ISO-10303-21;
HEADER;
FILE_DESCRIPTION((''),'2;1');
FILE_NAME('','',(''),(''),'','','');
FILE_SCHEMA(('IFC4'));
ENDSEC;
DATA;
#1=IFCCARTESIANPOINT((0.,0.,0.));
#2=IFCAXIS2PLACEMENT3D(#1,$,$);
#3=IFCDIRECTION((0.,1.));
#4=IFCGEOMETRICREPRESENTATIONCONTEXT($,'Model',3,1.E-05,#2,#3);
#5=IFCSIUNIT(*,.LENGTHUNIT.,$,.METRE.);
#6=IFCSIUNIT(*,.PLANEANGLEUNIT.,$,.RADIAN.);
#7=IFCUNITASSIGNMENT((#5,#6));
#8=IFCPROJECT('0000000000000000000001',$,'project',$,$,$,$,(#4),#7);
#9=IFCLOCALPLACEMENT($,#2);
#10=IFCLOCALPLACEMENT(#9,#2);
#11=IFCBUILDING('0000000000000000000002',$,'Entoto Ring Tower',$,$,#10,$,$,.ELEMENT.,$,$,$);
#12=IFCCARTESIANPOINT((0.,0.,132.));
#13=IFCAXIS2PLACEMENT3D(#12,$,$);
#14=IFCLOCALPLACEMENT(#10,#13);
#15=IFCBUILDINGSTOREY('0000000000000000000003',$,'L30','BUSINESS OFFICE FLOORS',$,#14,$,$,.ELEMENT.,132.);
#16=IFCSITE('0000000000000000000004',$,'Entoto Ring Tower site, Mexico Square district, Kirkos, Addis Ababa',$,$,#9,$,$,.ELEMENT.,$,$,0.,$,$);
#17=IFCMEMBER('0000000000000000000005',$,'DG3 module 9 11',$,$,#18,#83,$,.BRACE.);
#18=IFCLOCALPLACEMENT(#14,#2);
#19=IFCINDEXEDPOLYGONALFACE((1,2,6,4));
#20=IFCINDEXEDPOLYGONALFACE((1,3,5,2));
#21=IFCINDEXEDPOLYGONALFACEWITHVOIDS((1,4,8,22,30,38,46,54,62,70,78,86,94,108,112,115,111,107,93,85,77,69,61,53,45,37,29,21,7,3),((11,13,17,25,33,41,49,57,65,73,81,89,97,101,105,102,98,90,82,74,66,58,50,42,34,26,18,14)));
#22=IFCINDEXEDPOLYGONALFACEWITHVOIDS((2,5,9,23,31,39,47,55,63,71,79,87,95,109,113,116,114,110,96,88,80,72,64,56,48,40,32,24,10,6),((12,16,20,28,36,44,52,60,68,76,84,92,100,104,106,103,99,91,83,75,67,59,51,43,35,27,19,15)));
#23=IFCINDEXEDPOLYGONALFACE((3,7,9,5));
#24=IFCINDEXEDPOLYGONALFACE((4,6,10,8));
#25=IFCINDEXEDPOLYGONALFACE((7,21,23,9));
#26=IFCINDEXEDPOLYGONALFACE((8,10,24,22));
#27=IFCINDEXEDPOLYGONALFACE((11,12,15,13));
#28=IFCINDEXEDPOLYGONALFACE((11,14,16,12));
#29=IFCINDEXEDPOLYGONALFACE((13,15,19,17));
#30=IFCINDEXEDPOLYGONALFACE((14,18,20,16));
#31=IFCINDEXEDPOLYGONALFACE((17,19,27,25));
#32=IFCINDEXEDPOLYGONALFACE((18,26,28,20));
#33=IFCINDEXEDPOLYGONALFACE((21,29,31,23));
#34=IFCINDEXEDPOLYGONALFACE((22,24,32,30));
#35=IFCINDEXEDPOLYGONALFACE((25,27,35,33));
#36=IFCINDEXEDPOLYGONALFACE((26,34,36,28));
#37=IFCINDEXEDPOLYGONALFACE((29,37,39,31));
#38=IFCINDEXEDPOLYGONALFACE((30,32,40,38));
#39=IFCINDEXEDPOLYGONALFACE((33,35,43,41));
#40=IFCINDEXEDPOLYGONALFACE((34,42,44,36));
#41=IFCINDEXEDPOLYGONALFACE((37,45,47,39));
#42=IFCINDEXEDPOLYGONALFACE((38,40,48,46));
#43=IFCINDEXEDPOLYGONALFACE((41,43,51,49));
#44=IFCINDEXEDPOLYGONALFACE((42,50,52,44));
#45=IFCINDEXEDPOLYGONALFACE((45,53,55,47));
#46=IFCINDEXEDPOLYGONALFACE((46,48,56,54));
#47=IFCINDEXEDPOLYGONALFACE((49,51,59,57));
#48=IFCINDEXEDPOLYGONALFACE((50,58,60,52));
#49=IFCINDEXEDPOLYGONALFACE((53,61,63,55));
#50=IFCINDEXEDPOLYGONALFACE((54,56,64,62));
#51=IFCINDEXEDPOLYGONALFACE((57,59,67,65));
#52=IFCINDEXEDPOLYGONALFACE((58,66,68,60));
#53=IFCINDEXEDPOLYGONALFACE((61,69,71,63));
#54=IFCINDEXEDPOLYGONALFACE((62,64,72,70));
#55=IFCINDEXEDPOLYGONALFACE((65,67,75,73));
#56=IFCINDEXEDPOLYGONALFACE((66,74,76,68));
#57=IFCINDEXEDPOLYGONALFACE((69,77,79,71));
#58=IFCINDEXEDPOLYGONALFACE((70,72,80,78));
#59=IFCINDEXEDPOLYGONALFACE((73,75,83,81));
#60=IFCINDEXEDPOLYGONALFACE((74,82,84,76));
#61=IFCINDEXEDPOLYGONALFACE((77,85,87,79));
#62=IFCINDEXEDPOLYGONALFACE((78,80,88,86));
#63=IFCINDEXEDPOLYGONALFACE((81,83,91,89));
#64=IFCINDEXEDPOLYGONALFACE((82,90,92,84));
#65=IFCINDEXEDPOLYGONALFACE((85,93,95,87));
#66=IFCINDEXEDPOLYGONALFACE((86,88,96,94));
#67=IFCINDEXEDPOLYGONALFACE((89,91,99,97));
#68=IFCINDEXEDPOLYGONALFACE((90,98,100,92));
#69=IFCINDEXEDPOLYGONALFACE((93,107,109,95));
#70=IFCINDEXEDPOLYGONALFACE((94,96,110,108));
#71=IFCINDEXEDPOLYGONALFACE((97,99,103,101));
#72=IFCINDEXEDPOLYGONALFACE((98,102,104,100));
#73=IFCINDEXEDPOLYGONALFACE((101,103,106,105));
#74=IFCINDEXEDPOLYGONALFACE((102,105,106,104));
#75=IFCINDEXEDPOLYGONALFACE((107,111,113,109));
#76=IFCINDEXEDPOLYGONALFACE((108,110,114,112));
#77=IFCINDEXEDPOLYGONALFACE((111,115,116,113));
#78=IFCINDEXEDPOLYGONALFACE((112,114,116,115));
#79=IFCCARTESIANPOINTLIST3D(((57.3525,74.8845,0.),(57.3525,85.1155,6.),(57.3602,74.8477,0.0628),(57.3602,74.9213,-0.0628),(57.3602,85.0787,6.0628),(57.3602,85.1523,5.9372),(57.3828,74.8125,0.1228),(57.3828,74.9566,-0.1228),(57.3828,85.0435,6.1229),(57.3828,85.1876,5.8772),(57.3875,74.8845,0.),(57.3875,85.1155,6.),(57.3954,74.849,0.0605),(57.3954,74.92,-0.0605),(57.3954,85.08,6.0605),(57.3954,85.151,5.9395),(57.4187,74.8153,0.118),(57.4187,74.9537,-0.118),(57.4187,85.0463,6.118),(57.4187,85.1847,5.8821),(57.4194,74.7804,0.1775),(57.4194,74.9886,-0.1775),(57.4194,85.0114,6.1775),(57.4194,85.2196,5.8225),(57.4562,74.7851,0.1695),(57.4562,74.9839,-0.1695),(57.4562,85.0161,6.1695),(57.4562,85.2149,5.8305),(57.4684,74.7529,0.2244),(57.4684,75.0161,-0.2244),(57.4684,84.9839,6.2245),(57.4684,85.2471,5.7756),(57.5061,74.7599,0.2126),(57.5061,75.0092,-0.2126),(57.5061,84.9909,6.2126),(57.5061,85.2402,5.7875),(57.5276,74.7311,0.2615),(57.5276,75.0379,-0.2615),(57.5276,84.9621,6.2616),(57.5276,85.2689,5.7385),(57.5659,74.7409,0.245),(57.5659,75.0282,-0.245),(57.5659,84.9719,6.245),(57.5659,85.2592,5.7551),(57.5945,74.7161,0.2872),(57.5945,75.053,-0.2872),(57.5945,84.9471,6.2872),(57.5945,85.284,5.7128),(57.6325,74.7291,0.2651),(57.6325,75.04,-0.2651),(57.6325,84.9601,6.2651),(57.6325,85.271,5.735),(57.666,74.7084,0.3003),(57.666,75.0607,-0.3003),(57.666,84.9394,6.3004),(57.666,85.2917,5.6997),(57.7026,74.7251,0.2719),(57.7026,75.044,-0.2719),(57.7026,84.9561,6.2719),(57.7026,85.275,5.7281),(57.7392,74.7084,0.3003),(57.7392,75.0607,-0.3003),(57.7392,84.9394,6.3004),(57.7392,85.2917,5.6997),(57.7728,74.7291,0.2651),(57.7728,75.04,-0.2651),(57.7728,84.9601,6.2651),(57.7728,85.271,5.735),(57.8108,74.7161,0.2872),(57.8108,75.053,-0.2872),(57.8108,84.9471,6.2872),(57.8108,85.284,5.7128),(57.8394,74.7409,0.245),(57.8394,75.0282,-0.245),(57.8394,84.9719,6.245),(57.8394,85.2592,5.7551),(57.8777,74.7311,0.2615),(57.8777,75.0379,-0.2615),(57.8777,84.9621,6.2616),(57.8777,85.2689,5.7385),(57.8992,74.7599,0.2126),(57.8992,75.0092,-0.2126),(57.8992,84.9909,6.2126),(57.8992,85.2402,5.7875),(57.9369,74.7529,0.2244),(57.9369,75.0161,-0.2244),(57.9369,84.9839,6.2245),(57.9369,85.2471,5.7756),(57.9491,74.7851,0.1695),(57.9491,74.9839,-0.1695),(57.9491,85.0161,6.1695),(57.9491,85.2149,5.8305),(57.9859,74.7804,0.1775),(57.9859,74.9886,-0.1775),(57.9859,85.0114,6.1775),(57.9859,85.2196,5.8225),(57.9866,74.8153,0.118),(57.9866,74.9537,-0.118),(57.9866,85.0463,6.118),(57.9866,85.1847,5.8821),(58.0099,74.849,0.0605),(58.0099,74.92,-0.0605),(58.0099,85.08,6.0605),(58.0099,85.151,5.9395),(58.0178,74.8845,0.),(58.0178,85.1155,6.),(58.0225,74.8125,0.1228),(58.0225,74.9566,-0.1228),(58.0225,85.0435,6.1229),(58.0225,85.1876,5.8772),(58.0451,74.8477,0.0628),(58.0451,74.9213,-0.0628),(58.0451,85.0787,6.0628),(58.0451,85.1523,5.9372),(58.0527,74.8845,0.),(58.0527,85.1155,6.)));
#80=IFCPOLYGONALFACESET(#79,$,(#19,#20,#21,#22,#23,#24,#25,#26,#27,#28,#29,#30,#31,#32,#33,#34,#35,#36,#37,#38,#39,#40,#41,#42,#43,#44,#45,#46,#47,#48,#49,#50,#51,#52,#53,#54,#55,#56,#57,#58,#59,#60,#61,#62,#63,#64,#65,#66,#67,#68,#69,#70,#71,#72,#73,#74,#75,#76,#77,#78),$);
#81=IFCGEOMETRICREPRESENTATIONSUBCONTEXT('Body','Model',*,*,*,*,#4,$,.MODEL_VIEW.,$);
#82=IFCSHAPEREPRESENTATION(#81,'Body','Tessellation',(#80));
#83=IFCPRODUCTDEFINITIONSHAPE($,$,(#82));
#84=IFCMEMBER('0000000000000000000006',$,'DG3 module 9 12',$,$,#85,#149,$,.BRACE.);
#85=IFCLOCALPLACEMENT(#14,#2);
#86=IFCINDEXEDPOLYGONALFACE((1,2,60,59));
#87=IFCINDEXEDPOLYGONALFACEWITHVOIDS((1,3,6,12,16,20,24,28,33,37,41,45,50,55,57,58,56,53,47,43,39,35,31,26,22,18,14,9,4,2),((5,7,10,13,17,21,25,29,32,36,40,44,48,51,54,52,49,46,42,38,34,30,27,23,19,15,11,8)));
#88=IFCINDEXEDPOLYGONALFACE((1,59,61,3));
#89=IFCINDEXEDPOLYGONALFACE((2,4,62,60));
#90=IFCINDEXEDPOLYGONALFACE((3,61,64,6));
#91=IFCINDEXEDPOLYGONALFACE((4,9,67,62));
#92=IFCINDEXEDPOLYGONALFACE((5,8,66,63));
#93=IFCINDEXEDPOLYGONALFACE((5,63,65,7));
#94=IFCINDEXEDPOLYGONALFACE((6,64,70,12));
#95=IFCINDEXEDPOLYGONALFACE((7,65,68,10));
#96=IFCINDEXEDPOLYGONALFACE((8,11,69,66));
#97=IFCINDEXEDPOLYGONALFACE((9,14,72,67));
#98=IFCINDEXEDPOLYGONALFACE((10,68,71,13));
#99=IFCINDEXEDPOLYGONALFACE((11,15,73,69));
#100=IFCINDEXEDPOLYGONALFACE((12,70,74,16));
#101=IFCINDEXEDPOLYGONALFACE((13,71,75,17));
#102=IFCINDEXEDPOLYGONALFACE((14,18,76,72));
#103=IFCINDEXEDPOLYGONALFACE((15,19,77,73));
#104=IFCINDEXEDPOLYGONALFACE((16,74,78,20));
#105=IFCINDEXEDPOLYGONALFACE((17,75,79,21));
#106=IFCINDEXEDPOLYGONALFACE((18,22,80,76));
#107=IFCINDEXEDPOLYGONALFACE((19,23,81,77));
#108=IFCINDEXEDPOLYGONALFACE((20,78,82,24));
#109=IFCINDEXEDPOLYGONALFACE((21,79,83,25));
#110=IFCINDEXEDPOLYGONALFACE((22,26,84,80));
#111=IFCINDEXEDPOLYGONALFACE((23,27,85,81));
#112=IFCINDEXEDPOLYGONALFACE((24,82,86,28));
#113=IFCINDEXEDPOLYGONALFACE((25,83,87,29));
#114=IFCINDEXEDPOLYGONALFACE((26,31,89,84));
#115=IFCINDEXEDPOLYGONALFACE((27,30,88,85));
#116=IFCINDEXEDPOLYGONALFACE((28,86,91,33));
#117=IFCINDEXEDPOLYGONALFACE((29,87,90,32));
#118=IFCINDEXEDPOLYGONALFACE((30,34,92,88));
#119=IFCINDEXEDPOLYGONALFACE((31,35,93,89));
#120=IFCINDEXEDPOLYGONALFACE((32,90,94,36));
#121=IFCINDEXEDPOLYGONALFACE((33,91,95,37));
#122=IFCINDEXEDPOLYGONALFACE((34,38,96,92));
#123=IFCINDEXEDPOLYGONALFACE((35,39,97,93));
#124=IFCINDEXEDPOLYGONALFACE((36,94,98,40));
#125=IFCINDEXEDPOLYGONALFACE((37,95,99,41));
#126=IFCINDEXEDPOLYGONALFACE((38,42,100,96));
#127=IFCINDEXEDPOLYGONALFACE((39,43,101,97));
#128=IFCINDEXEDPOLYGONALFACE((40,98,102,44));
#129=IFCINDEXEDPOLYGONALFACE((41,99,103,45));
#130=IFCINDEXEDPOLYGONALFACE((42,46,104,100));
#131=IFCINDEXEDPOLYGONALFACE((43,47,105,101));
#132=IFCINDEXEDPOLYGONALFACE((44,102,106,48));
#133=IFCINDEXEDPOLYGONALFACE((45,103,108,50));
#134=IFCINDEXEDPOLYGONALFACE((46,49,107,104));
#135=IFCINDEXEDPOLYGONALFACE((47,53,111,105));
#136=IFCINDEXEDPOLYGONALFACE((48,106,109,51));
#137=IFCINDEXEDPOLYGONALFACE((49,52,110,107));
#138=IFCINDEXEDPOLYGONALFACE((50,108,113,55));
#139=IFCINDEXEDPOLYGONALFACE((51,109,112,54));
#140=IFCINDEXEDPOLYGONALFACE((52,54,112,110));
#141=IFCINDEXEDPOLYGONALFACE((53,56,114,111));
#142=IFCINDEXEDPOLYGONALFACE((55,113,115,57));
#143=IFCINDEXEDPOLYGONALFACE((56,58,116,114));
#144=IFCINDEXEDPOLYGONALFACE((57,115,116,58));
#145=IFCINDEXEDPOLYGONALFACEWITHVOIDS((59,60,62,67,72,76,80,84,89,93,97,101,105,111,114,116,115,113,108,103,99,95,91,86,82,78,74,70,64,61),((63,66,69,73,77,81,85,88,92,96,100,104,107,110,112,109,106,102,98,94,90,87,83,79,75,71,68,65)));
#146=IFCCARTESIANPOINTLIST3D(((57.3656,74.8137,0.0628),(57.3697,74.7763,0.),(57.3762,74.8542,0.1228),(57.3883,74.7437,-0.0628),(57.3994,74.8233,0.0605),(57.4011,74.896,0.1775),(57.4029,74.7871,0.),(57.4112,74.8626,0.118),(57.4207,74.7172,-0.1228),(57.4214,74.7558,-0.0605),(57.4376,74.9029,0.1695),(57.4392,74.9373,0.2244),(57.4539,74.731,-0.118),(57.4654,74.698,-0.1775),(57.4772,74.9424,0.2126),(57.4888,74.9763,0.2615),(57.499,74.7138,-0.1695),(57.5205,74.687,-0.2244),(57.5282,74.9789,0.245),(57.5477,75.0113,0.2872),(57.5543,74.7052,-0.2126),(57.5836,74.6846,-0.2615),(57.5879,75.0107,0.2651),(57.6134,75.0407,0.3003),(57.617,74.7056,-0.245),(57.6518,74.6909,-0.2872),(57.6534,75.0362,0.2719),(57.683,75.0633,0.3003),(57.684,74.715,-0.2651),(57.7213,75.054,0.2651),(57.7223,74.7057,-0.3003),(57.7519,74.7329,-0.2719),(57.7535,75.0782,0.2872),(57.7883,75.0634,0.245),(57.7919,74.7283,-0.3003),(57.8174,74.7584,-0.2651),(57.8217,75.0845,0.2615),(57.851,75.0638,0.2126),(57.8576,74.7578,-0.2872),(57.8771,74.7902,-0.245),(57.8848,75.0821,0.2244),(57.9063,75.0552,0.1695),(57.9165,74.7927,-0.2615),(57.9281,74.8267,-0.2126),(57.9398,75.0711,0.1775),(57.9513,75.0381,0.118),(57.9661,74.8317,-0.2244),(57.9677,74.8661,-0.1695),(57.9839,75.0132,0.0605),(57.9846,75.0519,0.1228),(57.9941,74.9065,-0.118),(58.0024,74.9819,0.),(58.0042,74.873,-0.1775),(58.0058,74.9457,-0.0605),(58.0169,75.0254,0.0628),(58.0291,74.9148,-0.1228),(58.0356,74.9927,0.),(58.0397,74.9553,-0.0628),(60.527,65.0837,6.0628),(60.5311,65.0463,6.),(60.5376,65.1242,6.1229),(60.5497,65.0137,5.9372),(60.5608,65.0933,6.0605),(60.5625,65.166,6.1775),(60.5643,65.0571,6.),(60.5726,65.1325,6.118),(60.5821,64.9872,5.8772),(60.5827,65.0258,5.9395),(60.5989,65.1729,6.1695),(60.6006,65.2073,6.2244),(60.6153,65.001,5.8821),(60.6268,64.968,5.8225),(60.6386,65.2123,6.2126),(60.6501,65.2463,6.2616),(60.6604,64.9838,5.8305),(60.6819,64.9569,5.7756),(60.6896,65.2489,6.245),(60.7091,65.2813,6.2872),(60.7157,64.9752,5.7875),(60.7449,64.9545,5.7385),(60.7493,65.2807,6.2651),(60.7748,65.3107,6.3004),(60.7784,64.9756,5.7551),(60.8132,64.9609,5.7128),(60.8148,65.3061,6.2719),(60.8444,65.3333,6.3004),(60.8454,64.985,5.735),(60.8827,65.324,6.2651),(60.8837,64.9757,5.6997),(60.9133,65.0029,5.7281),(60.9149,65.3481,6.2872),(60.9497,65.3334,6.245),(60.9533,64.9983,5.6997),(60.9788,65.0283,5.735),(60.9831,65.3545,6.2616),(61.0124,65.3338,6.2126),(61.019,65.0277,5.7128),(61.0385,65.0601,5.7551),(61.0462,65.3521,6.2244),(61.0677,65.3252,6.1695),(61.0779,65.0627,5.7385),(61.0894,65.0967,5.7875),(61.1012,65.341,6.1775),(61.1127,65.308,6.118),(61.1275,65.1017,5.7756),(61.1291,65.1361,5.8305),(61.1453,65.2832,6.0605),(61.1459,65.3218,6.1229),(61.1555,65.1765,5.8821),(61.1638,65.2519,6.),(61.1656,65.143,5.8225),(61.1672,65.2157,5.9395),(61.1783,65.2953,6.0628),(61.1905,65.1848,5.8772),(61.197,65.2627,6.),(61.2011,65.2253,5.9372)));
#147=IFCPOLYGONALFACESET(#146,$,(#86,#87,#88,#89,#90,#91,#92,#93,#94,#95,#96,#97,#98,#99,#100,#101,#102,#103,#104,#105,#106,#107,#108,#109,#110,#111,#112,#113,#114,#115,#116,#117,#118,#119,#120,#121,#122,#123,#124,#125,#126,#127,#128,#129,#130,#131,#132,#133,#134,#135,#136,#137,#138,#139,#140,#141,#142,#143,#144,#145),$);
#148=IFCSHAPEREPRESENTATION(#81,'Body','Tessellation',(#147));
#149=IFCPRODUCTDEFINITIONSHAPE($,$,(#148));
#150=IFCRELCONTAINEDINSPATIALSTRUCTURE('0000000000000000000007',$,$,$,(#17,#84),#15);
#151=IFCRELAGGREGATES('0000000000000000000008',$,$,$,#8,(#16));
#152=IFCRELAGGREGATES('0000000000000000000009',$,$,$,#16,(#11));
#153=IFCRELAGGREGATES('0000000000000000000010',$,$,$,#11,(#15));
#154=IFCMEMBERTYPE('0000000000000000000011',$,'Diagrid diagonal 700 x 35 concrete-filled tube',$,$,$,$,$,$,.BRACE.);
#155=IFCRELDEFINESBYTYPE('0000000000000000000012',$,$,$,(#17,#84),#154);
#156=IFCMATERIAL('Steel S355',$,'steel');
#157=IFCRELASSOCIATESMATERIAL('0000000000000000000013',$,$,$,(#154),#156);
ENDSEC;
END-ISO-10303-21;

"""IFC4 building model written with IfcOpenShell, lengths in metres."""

from ifc_helpers import new_model, si_unit, direction, frame, origin, origin_2d, place, context, subcontext, project, spatial, circle, hollow_circle, extrude, material, material_profile, profile_set, type_object, element, save


model = new_model("IFC4")

# Units and contexts
model_context = context("Model", 3, precision=1e-05, world=origin(), true_north=direction((0.0, 1.0)))
body_context = subcontext(model_context, "Body", "Model", "MODEL_VIEW")
ifc_project = project(units=[si_unit("LENGTHUNIT", "METRE"), si_unit("PLANEANGLEUNIT", "RADIAN")], contexts=[model_context])

# Site, building, storey
site_placement = place(None, origin())
site = spatial("IfcSite", under=ifc_project, at=site_placement, Name="Entoto Ring Tower site, Mexico Square district, Kirkos, Addis Ababa", CompositionType="ELEMENT", RefElevation=0.0)
building_placement = place(site_placement, origin())
building = spatial("IfcBuilding", under=site, at=building_placement, Name="Entoto Ring Tower", CompositionType="ELEMENT")
storey_placement = place(building_placement, frame((0.0, 0.0, 132.0)))
storey = spatial("IfcBuildingStorey", under=building, at=storey_placement, Name="L30", Description="BUSINESS OFFICE FLOORS", CompositionType="ELEMENT", Elevation=132.0)

# Members
ifc_material_1 = material(Name="Steel S355", Category="steel")
ifc_material_profile_1 = material_profile(ifc_material_1, hollow_circle(Radius=0.3501, WallThickness=0.0349, at=origin_2d()), Name="CHS 700 x 35")
ifc_material_2 = material(Name="Concrete C60/75", Category="concrete")
ifc_material_profile_2 = material_profile(ifc_material_2, circle(Radius=0.3149, at=origin_2d()), Name="Concrete C60/75 infill")
ifc_profile_set_1 = profile_set([ifc_material_profile_1, ifc_material_profile_2], Name="Steel S355")
member_type_1 = type_object("IfcMemberType", Name="Diagrid diagonal 700 x 35 concrete-filled tube", PredefinedType="BRACE", material=ifc_profile_set_1)
member_1_placement = place(storey_placement, frame((57.7026, 74.8845, 0.0), z_axis=(0.0, 0.862604, 0.505879), x_axis=(-1.0, 0.0, 0.0)))
element("IfcMember", 1, at=member_1_placement, inside=storey, type_object=member_type_1, Name="DG3 module 9 11", PredefinedType="BRACE", context=body_context, shape_type="SweptSolid", body=[
    extrude(hollow_circle(Radius=0.3501, WallThickness=0.0349, at=origin_2d()), origin(), (0.0, 0.0, 1.0), 11.8606),
])
member_2_placement = place(storey_placement, frame((57.7026, 74.8845, 0.0), z_axis=(0.266551, -0.820382, 0.505889), x_axis=(0.951059, 0.309009, 0.0)))
element("IfcMember", 2, at=member_2_placement, inside=storey, type_object=member_type_1, Name="DG3 module 9 12", PredefinedType="BRACE", context=body_context, shape_type="SweptSolid", body=[
    extrude(hollow_circle(Radius=0.3501, WallThickness=0.0349, at=origin_2d()), origin(), (0.0, 0.0, 1.0), 11.8604),
])

save(model, "model.ifc")
